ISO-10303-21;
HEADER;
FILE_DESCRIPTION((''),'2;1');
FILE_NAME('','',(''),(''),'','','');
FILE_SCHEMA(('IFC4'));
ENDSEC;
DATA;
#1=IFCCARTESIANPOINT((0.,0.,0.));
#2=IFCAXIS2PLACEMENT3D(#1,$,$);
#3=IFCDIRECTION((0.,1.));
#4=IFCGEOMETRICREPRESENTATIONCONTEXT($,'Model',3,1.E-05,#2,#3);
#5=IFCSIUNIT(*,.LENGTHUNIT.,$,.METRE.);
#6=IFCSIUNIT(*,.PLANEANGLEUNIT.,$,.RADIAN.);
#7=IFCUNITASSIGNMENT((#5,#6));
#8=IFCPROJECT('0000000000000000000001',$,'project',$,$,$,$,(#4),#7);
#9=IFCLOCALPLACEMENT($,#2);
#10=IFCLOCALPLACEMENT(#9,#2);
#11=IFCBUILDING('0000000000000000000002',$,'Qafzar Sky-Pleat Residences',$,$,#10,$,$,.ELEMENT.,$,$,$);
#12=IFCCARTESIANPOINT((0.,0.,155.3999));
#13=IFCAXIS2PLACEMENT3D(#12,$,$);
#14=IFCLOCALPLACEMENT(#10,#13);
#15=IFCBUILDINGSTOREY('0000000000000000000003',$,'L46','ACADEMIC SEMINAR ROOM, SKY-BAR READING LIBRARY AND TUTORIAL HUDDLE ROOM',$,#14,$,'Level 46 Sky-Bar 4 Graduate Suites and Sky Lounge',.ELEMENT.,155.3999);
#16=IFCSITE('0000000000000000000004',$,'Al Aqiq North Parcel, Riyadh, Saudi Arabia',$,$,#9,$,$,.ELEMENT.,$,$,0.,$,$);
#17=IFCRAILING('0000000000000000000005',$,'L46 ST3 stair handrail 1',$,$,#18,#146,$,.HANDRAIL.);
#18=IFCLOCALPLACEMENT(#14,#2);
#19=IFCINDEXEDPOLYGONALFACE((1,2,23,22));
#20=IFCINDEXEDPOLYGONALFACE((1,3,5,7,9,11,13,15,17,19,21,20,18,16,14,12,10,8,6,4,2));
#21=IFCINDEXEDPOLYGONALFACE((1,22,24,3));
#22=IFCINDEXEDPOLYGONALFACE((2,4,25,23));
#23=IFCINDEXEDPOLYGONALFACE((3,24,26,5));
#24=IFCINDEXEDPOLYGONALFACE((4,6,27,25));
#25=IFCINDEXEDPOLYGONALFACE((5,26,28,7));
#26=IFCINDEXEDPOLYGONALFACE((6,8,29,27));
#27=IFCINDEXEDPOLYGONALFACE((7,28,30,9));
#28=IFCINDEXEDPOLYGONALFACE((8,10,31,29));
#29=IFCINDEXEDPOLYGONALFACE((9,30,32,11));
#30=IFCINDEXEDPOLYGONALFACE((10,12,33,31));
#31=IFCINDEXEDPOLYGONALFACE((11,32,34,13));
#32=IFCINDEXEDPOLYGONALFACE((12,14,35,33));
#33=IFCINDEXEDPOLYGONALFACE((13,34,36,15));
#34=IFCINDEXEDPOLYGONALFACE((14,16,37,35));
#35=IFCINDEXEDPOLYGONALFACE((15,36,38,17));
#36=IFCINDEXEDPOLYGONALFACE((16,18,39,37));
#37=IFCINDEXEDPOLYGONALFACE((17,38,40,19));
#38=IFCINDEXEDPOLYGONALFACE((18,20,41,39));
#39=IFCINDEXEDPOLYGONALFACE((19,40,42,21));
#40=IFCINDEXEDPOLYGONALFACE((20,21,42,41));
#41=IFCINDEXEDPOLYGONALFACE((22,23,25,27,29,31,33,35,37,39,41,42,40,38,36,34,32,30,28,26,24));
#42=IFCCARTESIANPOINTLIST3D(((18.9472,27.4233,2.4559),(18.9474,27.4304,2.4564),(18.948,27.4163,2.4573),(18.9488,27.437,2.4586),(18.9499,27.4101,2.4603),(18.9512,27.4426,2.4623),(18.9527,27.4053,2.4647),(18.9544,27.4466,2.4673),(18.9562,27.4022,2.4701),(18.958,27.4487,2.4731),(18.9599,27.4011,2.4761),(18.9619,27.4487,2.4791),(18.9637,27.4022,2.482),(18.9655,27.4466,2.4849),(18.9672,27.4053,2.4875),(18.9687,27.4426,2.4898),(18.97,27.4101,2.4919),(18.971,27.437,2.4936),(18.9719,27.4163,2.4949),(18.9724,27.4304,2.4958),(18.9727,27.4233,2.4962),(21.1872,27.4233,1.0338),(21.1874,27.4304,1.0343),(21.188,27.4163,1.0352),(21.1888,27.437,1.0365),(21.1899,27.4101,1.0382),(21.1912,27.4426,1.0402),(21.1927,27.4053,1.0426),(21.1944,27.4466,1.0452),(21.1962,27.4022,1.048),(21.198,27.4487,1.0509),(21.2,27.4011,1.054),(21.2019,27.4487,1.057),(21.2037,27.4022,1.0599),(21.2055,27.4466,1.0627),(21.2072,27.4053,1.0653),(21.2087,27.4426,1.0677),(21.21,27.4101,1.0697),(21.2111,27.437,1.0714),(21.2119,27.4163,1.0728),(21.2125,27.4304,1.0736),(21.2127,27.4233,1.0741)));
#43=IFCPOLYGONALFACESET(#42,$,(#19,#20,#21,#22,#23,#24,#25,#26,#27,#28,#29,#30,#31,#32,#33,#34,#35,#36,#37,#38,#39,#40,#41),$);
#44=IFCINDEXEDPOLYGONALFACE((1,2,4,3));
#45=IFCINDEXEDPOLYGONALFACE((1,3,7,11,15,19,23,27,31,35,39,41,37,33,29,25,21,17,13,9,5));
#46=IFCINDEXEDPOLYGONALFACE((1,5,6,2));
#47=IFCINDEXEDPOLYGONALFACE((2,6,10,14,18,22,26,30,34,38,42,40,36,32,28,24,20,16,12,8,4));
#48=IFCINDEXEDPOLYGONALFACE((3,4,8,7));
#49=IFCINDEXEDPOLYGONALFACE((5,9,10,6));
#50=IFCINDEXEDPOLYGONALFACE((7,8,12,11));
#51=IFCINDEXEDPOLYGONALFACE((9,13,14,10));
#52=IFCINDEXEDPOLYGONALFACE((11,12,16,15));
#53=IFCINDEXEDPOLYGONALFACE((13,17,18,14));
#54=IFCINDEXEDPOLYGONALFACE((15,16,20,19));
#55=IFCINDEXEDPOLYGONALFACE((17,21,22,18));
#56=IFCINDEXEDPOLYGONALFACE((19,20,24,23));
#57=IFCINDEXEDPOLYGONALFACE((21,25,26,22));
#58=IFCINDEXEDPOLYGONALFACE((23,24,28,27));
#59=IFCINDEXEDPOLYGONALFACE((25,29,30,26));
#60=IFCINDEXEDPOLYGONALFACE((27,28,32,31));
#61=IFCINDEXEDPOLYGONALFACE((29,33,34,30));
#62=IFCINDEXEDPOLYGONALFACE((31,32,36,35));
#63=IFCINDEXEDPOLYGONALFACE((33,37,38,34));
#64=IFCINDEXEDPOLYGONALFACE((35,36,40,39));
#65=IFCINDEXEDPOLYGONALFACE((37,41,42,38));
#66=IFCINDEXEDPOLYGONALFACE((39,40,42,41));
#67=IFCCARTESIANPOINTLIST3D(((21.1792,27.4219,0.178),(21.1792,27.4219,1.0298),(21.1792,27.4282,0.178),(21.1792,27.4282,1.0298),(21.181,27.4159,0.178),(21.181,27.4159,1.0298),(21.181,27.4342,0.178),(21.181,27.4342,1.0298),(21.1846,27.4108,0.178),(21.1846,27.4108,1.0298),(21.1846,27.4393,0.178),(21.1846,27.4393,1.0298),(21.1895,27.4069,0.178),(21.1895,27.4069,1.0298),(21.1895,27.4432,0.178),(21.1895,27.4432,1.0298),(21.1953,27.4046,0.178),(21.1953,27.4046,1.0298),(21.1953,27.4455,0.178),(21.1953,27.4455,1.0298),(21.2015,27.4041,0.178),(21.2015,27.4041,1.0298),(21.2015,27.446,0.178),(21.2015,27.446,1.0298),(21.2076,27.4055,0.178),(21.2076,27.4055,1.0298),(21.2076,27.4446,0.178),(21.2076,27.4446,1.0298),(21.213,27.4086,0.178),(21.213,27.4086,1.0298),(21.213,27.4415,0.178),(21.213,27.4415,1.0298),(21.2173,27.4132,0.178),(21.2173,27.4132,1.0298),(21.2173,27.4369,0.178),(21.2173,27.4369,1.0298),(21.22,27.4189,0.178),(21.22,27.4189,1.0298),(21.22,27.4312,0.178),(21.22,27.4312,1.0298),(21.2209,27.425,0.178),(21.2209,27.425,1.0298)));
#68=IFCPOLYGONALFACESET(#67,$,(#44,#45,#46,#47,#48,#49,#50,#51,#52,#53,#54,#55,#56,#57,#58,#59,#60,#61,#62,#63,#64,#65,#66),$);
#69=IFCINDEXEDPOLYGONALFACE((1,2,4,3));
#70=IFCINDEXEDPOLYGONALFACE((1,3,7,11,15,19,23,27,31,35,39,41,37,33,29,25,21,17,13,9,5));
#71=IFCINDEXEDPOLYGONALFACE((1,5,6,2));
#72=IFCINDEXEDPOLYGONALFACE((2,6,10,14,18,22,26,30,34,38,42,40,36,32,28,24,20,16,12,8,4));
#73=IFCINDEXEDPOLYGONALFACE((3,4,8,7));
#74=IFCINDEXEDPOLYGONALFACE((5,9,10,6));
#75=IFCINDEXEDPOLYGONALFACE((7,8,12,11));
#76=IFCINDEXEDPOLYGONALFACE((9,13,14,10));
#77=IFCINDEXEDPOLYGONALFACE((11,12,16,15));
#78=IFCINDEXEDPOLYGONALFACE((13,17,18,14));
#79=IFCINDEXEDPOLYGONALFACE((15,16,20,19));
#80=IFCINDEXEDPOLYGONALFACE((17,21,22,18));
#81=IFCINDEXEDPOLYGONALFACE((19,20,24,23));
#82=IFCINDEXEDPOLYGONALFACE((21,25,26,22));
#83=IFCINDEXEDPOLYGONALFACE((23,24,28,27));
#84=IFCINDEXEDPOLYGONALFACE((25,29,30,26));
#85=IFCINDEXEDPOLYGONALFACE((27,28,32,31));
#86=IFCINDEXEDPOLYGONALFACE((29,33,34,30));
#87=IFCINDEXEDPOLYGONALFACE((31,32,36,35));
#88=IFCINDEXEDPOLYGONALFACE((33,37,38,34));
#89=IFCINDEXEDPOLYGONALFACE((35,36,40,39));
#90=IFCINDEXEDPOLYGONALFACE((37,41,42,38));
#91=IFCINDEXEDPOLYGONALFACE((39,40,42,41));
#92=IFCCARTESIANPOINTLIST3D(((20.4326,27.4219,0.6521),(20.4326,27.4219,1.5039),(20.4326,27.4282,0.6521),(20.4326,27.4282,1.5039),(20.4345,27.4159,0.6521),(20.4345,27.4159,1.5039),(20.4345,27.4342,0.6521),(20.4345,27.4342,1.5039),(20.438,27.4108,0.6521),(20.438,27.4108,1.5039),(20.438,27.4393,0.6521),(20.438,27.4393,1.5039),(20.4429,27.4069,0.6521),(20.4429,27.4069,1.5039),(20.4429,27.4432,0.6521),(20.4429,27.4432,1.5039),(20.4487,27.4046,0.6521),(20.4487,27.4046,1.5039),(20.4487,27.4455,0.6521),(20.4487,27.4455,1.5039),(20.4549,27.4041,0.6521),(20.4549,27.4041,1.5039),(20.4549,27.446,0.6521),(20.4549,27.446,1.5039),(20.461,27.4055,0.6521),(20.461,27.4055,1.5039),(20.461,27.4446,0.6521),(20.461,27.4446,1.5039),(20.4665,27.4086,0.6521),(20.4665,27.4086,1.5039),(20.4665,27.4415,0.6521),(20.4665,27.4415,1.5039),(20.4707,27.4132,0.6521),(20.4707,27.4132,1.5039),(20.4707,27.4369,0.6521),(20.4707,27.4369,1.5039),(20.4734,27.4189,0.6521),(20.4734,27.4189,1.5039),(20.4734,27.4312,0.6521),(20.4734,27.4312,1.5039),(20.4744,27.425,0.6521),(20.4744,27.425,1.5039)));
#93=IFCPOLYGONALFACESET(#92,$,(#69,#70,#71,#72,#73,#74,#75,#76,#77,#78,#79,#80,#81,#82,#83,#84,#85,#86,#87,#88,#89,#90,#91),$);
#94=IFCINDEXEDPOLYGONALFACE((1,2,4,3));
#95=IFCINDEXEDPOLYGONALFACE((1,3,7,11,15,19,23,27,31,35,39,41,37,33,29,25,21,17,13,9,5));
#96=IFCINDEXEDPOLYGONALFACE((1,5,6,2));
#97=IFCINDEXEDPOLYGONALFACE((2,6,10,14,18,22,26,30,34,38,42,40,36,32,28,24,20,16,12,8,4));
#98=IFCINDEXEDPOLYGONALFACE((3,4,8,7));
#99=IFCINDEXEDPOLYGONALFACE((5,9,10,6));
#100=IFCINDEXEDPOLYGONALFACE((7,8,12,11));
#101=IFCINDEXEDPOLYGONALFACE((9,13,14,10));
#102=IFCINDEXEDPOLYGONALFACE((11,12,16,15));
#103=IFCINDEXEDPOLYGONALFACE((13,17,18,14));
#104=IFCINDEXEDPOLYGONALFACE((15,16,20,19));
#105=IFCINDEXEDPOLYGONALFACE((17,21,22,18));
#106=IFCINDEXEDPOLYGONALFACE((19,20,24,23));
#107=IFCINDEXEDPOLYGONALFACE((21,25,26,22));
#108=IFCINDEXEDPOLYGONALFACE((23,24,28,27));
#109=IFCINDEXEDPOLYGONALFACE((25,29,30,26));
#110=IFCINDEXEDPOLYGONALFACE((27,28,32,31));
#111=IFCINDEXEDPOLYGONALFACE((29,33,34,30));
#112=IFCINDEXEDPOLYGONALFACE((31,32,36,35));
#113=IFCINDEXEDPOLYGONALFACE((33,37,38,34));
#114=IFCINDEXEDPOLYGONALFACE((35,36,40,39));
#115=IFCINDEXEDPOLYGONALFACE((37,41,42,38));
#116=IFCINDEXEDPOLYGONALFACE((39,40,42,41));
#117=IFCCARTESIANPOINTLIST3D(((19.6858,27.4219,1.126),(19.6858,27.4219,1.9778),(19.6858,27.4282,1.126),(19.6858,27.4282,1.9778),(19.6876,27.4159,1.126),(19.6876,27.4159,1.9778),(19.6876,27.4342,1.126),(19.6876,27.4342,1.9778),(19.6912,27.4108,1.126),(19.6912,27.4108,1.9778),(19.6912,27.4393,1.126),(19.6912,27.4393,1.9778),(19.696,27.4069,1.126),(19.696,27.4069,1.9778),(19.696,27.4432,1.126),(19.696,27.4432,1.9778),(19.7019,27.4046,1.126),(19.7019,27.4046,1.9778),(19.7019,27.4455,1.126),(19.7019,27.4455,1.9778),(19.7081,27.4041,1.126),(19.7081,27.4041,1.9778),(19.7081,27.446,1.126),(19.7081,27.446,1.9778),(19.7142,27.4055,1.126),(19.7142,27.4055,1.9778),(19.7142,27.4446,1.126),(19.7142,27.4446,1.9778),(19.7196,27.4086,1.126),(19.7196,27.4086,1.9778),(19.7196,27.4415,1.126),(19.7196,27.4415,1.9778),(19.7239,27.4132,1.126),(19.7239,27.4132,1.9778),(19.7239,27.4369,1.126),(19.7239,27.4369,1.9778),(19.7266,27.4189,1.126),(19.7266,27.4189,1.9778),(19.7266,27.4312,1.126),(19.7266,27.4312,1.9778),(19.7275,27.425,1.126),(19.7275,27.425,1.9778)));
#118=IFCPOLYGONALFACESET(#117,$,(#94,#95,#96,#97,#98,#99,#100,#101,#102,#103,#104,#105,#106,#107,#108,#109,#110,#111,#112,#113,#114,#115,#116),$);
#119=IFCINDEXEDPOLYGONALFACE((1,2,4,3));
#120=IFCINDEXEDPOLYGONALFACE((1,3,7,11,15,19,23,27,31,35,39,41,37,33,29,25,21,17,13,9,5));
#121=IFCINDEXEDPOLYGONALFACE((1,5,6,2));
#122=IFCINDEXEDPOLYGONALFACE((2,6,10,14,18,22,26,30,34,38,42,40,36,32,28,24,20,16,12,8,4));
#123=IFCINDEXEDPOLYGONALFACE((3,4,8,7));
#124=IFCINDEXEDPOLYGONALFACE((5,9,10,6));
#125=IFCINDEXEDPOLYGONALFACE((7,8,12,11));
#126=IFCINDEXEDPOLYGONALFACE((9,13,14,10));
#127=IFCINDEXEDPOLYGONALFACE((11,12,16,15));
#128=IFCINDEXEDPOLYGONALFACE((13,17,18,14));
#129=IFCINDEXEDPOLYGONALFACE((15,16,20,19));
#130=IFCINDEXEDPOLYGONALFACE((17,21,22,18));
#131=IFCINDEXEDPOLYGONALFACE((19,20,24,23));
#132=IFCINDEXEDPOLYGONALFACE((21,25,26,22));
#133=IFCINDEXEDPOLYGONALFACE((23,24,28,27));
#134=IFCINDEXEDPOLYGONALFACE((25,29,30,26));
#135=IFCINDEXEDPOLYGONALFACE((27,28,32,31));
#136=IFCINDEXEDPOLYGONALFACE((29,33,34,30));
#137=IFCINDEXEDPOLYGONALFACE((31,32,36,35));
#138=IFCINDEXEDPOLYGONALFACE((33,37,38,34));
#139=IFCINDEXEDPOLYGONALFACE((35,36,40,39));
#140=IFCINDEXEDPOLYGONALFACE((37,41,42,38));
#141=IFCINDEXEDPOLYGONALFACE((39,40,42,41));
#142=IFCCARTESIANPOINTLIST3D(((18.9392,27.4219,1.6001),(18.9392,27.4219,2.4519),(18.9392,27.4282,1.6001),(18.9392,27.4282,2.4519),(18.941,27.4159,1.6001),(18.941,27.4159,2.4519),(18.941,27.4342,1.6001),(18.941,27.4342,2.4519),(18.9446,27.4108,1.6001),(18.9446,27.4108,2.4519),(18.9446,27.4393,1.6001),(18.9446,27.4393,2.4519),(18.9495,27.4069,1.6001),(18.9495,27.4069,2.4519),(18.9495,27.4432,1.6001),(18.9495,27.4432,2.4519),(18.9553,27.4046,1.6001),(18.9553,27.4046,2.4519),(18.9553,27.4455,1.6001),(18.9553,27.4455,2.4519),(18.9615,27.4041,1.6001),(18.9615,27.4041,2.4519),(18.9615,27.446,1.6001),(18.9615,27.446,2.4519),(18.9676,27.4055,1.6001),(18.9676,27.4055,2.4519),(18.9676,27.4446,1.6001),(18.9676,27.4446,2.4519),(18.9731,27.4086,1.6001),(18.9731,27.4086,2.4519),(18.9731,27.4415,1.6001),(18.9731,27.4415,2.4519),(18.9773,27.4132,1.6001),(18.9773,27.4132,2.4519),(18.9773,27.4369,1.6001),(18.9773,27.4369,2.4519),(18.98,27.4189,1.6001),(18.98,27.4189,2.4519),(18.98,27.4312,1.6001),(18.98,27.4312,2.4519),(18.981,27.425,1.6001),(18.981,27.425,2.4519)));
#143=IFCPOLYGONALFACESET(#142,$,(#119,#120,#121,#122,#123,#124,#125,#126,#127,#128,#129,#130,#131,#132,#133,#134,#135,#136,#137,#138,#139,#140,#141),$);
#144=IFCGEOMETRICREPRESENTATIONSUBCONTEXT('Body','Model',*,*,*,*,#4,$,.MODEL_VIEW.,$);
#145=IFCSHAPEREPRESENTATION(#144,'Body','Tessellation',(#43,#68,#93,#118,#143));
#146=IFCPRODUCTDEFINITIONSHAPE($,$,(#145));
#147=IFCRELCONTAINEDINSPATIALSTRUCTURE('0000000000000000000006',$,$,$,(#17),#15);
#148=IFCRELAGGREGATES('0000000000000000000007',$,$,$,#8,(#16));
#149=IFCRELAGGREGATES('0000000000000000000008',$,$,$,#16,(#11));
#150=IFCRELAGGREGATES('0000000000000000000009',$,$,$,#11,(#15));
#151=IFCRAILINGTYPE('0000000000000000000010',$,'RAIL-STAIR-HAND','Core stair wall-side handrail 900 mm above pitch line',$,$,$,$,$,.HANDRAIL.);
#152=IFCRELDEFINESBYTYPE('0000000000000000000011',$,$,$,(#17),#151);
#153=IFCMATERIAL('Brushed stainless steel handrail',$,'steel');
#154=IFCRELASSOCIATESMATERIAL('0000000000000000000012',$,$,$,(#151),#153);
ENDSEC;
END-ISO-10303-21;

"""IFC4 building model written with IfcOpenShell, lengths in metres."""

from ifc_helpers import new_model, si_unit, direction, frame, origin, origin_2d, place, context, subcontext, project, spatial, circle, extrude, source, transform, mapped, material, type_object, element, save


model = new_model("IFC4")

# Units and contexts
model_context = context("Model", 3, precision=1e-05, world=origin(), true_north=direction((0.0, 1.0)))
body_context = subcontext(model_context, "Body", "Model", "MODEL_VIEW")
ifc_project = project(units=[si_unit("LENGTHUNIT", "METRE"), si_unit("PLANEANGLEUNIT", "RADIAN")], contexts=[model_context])

# Site, building, storey
site_placement = place(None, origin())
site = spatial("IfcSite", under=ifc_project, at=site_placement, Name="Al Aqiq North Parcel, Riyadh, Saudi Arabia", CompositionType="ELEMENT", RefElevation=0.0)
building_placement = place(site_placement, origin())
building = spatial("IfcBuilding", under=site, at=building_placement, Name="Qafzar Sky-Pleat Residences", CompositionType="ELEMENT")
storey_placement = place(building_placement, frame((0.0, 0.0, 155.3999)))
storey = spatial("IfcBuildingStorey", under=building, at=storey_placement, Name="L46", Description="ACADEMIC SEMINAR ROOM, SKY-BAR READING LIBRARY AND TUTORIAL HUDDLE ROOM", LongName="Level 46 Sky-Bar 4 Graduate Suites and Sky Lounge", CompositionType="ELEMENT", Elevation=155.3999)

# Railing
ifc_material_1 = material(Name="Brushed stainless steel handrail", Category="steel")
railing_type_1 = type_object("IfcRailingType", Name="RAIL-STAIR-HAND", Description="Core stair wall-side handrail 900 mm above pitch line", PredefinedType="HANDRAIL", material=ifc_material_1)
shared_shape_1 = source(origin(), body_context, "Body", "SweptSolid", [
    extrude(circle(Radius=0.0239, at=origin_2d()), frame((0.0, 0.0, 0.876), z_axis=(-0.844229, 0.0, 0.535982), x_axis=(0.0, -1.0, 0.0)), (0.0, 0.0, 1.0), 2.6533),
    extrude(circle(Radius=0.021, at=origin_2d()), origin(), (0.0, 0.0, 1.0), 0.8518),
    extrude(circle(Radius=0.021, at=origin_2d()), frame((-0.7466, 0.0, 0.4741)), (0.0, 0.0, 1.0), 0.8518),
    extrude(circle(Radius=0.021, at=origin_2d()), frame((-1.4934, 0.0, 0.948)), (0.0, 0.0, 1.0), 0.8518),
    extrude(circle(Radius=0.021, at=origin_2d()), frame((-2.24, 0.0, 1.4221)), (0.0, 0.0, 1.0), 0.8518),
])
railing_1_placement = place(storey_placement, frame((21.2, 27.425, 0.178)))
element("IfcRailing", 1, at=railing_1_placement, inside=storey, type_object=railing_type_1, Name="L46 ST3 stair handrail 1", PredefinedType="HANDRAIL", context=body_context, shape_type="MappedRepresentation", body=[
    mapped(shared_shape_1, transform((0.0, 0.0, 0.0), x_axis=(1.0, 0.0, 0.0), y_axis=(0.0, 1.0, 0.0), z_axis=(0.0, 0.0, 1.0), scale=1.0)),
])

save(model, "model.ifc")
